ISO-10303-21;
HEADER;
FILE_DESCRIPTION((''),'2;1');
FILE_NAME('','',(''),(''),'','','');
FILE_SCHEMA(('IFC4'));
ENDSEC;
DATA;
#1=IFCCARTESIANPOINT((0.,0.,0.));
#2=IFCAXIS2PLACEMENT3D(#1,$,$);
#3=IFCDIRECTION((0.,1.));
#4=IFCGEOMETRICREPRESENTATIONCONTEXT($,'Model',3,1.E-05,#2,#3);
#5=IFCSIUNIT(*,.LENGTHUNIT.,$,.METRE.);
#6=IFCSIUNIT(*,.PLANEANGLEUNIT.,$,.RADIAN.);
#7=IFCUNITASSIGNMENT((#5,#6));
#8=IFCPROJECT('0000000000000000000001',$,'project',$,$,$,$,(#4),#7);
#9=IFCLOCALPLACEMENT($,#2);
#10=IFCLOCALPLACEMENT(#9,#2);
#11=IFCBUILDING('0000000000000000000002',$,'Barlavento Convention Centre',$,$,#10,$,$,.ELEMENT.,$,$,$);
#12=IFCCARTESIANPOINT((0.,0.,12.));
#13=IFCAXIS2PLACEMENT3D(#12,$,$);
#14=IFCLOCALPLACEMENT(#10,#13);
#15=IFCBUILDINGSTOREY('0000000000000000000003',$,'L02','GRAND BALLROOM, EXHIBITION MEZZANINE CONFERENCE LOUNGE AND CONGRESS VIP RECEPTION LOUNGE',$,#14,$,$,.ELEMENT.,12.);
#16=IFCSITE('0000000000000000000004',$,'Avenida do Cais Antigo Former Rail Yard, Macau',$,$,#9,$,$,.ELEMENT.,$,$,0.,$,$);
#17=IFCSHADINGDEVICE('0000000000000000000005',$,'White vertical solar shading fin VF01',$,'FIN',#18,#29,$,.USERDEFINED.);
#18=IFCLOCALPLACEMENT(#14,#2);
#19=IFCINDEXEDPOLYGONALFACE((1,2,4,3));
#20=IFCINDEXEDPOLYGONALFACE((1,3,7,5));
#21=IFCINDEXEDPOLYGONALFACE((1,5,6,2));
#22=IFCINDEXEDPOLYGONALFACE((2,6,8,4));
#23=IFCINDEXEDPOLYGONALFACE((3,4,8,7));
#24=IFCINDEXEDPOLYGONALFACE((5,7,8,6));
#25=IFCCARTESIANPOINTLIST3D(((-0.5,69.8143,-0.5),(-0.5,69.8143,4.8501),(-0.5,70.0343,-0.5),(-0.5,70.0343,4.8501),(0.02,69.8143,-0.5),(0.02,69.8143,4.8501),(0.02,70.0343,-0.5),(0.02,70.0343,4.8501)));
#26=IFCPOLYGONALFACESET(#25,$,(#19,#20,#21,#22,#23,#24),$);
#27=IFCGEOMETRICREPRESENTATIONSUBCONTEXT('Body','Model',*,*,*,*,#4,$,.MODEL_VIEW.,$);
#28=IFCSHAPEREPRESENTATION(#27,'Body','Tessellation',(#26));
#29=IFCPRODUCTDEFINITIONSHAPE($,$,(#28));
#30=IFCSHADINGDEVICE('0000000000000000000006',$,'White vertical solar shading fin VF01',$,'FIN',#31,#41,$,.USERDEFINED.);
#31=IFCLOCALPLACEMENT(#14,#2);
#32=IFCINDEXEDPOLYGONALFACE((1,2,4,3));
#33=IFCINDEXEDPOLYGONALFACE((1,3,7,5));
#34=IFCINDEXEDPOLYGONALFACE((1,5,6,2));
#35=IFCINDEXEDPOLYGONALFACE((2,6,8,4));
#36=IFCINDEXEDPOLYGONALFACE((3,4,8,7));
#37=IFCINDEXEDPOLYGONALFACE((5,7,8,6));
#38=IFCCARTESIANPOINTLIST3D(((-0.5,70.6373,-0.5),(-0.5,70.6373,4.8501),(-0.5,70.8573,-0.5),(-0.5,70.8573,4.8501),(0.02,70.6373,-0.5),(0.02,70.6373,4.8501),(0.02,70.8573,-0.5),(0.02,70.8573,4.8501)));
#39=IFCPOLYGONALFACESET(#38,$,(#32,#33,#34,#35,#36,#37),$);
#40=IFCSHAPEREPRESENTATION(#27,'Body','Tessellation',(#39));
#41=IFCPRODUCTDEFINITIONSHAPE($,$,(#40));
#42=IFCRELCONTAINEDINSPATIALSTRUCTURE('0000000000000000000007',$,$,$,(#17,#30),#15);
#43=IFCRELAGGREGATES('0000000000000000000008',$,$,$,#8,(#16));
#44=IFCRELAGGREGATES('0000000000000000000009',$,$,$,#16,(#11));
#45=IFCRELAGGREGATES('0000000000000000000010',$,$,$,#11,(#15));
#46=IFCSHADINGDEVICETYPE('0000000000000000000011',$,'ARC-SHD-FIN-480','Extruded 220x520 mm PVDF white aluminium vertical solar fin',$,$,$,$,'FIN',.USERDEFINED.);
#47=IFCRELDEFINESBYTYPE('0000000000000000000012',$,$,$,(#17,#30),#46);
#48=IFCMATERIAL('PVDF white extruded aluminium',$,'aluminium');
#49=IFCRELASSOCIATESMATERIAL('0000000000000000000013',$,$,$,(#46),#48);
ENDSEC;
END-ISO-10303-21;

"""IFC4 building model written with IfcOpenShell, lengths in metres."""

from ifc_helpers import new_model, si_unit, direction, frame, origin, origin_2d, place, context, subcontext, project, spatial, rectangle, extrude, material, type_object, element, save


model = new_model("IFC4")

# Units and contexts
model_context = context("Model", 3, precision=1e-05, world=origin(), true_north=direction((0.0, 1.0)))
body_context = subcontext(model_context, "Body", "Model", "MODEL_VIEW")
ifc_project = project(units=[si_unit("LENGTHUNIT", "METRE"), si_unit("PLANEANGLEUNIT", "RADIAN")], contexts=[model_context])

# Site, building, storey
site_placement = place(None, origin())
site = spatial("IfcSite", under=ifc_project, at=site_placement, Name="Avenida do Cais Antigo Former Rail Yard, Macau", CompositionType="ELEMENT", RefElevation=0.0)
building_placement = place(site_placement, origin())
building = spatial("IfcBuilding", under=site, at=building_placement, Name="Barlavento Convention Centre", CompositionType="ELEMENT")
storey_placement = place(building_placement, frame((0.0, 0.0, 12.0)))
storey = spatial("IfcBuildingStorey", under=building, at=storey_placement, Name="L02", Description="GRAND BALLROOM, EXHIBITION MEZZANINE CONFERENCE LOUNGE AND CONGRESS VIP RECEPTION LOUNGE", CompositionType="ELEMENT", Elevation=12.0)

# Shading devices
ifc_material_1 = material(Name="PVDF white extruded aluminium", Category="aluminium")
shading_device_type = type_object("IfcShadingDeviceType", Name="ARC-SHD-FIN-480", Description="Extruded 220x520 mm PVDF white aluminium vertical solar fin", ElementType="FIN", PredefinedType="USERDEFINED", material=ifc_material_1)
for number, where, z_axis, x_axis, name in (
    (1, (-0.24, 69.9243, -0.5), (0.0, 0.0, 1.0), (0.0, 1.0, 0.0), "White vertical solar shading fin VF01"),
    (2, (-0.24, 70.7473, -0.5), (0.0, 0.0, 1.0), (0.0, 1.0, 0.0), "White vertical solar shading fin VF01"),
):
    element("IfcShadingDevice", number, at=place(storey_placement, frame(where, z_axis=z_axis, x_axis=x_axis)), inside=storey, type_object=shading_device_type, Name=name, ObjectType="FIN", PredefinedType="USERDEFINED", context=body_context, shape_type="SweptSolid", body=[
        extrude(rectangle(XDim=0.22, YDim=0.52, at=origin_2d()), origin(), (0.0, 0.0, 1.0), 5.3501),
    ])

save(model, "model.ifc")
